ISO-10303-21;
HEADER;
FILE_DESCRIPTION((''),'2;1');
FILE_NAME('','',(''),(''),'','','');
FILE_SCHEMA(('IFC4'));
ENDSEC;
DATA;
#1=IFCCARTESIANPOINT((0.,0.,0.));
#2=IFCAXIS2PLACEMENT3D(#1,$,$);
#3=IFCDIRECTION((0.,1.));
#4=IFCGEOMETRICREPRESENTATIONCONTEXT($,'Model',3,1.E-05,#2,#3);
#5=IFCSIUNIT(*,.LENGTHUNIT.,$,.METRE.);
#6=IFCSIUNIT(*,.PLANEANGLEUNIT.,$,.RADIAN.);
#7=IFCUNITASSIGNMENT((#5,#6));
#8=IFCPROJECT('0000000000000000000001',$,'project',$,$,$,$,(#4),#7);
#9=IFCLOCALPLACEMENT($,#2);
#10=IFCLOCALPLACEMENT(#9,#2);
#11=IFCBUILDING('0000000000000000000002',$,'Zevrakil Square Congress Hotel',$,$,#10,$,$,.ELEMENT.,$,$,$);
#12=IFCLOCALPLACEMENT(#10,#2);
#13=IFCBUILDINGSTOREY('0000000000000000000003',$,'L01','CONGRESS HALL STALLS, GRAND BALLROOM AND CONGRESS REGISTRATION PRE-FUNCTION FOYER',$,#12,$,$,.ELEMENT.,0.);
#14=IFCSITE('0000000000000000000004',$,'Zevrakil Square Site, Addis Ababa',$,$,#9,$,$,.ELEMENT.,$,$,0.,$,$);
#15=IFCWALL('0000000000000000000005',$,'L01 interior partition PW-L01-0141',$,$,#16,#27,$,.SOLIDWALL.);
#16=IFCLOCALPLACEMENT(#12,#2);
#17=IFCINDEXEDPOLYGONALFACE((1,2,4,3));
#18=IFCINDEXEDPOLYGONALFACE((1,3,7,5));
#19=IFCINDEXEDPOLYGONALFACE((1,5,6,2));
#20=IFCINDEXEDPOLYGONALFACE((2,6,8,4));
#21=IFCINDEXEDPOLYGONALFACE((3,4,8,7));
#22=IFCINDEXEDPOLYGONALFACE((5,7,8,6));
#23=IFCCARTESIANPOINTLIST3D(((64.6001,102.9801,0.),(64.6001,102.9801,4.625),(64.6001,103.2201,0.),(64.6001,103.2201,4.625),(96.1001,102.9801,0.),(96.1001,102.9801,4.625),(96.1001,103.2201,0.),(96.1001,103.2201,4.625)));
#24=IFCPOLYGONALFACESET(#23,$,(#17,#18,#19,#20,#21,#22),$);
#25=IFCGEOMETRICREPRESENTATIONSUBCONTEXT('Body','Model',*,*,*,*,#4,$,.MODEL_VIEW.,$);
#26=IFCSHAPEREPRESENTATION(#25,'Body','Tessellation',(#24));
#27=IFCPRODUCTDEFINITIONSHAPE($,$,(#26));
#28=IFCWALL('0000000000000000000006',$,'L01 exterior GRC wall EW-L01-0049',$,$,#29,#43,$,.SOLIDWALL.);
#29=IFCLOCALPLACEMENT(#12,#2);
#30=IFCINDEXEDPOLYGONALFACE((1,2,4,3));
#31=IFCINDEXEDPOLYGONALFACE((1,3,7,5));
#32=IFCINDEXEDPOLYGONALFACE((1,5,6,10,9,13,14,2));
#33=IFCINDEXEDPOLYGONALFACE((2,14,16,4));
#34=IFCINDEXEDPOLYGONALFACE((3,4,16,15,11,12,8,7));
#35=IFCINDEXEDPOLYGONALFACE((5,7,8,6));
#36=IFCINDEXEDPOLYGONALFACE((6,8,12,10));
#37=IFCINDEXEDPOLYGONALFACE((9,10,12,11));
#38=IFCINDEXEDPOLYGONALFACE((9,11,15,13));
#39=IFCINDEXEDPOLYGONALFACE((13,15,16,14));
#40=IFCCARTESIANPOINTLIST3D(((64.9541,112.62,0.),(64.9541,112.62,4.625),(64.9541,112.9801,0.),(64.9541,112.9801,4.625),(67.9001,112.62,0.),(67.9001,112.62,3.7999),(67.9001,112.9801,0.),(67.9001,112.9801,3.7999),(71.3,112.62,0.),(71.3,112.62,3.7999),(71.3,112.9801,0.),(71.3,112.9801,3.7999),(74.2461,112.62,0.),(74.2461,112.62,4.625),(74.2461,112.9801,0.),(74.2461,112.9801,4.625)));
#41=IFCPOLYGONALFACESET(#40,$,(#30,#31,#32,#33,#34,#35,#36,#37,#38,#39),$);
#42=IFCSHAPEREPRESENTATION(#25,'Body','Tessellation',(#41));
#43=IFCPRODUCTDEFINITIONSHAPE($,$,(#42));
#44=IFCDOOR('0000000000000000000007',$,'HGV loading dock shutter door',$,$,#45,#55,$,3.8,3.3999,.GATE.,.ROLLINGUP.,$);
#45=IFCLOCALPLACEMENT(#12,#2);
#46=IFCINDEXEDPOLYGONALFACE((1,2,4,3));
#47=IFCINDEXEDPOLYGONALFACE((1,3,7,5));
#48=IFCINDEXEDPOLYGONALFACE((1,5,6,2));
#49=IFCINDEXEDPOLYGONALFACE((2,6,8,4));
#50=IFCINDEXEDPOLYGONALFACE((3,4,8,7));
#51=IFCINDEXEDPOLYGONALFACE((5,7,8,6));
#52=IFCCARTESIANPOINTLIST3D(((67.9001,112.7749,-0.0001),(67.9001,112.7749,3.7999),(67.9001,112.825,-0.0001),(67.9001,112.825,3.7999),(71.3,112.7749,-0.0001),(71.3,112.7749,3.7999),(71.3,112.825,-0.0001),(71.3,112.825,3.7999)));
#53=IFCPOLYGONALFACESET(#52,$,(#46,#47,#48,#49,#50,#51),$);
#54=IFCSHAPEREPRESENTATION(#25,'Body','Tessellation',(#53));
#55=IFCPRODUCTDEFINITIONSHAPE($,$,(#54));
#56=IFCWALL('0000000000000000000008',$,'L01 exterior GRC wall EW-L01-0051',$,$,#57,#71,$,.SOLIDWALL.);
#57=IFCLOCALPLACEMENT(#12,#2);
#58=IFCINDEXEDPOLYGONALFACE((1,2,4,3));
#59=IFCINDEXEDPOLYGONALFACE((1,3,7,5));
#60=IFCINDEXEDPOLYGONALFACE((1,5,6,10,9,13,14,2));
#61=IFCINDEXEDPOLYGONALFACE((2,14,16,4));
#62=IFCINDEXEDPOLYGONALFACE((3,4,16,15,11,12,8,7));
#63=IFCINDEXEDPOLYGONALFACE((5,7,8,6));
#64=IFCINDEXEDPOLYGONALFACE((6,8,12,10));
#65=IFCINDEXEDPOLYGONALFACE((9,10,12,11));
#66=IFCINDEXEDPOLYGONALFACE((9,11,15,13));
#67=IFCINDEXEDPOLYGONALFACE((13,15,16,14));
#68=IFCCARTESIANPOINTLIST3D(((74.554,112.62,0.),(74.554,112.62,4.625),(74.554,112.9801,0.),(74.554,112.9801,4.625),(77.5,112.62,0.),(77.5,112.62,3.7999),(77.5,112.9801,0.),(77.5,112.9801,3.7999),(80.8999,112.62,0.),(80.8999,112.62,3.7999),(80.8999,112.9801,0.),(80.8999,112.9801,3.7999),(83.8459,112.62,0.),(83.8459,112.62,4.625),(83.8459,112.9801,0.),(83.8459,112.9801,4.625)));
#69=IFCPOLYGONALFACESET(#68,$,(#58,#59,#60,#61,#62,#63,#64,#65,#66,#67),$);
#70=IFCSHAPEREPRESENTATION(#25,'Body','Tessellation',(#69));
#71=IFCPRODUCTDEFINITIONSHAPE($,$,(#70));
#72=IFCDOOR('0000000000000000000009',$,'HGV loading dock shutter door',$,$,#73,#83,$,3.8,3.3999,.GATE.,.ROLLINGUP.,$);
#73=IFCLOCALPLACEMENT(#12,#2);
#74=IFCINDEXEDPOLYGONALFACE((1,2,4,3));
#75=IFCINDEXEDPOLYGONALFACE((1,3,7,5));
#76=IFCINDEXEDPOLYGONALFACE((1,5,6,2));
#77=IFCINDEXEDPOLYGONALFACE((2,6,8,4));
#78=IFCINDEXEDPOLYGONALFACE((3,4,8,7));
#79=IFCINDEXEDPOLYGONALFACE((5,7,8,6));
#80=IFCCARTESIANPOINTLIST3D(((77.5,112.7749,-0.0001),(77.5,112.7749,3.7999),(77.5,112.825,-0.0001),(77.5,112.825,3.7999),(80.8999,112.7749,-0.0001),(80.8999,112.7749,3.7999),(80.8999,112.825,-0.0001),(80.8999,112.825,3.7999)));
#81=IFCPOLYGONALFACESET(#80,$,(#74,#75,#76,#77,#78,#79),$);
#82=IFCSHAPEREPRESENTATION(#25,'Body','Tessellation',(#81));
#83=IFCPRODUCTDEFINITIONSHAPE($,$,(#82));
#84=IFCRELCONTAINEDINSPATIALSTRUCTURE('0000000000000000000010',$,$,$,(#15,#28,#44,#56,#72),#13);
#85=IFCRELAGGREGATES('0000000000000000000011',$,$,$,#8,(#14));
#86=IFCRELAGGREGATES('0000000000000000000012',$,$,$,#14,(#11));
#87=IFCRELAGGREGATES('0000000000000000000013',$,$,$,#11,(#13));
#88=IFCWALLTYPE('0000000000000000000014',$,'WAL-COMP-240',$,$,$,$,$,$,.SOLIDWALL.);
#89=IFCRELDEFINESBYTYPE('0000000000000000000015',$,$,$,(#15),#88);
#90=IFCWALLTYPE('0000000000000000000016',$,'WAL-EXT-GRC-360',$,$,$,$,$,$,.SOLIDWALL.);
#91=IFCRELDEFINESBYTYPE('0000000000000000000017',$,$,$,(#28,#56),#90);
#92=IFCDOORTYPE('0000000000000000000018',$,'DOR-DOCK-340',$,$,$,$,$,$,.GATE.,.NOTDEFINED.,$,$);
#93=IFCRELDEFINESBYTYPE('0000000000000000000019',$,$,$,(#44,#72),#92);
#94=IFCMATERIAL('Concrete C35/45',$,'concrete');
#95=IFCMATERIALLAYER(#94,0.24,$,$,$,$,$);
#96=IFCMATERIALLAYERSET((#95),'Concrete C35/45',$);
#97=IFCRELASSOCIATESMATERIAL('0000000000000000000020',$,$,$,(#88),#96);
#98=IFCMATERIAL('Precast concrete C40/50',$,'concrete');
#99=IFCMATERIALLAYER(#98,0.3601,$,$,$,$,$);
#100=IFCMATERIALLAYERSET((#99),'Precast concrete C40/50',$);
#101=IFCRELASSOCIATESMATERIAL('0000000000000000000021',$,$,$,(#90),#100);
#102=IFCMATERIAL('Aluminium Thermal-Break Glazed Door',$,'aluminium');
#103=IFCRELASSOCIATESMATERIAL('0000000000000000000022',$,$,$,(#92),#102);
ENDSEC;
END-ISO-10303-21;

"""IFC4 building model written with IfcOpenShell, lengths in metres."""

from ifc_helpers import new_model, si_unit, direction, frame, frame_2d, origin, place, context, subcontext, project, spatial, rectangle, extrude, material, layer, layer_set, type_object, element, fill, save


model = new_model("IFC4")

# Units and contexts
model_context = context("Model", 3, precision=1e-05, world=origin(), true_north=direction((0.0, 1.0)))
body_context = subcontext(model_context, "Body", "Model", "MODEL_VIEW")
ifc_project = project(units=[si_unit("LENGTHUNIT", "METRE"), si_unit("PLANEANGLEUNIT", "RADIAN")], contexts=[model_context])

# Site, building, storey
site_placement = place(None, origin())
site = spatial("IfcSite", under=ifc_project, at=site_placement, Name="Zevrakil Square Site, Addis Ababa", CompositionType="ELEMENT", RefElevation=0.0)
building_placement = place(site_placement, origin())
building = spatial("IfcBuilding", under=site, at=building_placement, Name="Zevrakil Square Congress Hotel", CompositionType="ELEMENT")
storey_placement = place(building_placement, origin())
storey = spatial("IfcBuildingStorey", under=building, at=storey_placement, Name="L01", Description="CONGRESS HALL STALLS, GRAND BALLROOM AND CONGRESS REGISTRATION PRE-FUNCTION FOYER", CompositionType="ELEMENT", Elevation=0.0)

# Wall
ifc_material_1 = material(Name="Concrete C35/45", Category="concrete")
ifc_layer_1 = layer(ifc_material_1, 0.24)
ifc_layer_set_1 = layer_set([ifc_layer_1], Name="Concrete C35/45")
wall_type_1 = type_object("IfcWallType", Name="WAL-COMP-240", PredefinedType="SOLIDWALL", material=ifc_layer_set_1)
wall_1_placement = place(storey_placement, frame((64.6001, 103.1001, 0.0), z_axis=(0.0, 0.0, 1.0), x_axis=(1.0, 0.0, 0.0)))
element("IfcWall", 1, at=wall_1_placement, inside=storey, type_object=wall_type_1, Name="L01 interior partition PW-L01-0141", PredefinedType="SOLIDWALL", context=body_context, shape_type="SweptSolid", body=[
    extrude(rectangle(XDim=31.5, YDim=0.24, at=frame_2d((15.75, 0.0))), origin(), (0.0, 0.0, 1.0), 4.625),
])

# Walls, openings, doors
ifc_material_2 = material(Name="Precast concrete C40/50", Category="concrete")
ifc_layer_2 = layer(ifc_material_2, 0.3601)
ifc_layer_set_2 = layer_set([ifc_layer_2], Name="Precast concrete C40/50")
wall_type_2 = type_object("IfcWallType", Name="WAL-EXT-GRC-360", PredefinedType="SOLIDWALL", material=ifc_layer_set_2)
wall_2_placement = place(storey_placement, frame((64.9541, 112.8, 0.0), z_axis=(0.0, 0.0, 1.0), x_axis=(1.0, 0.0, 0.0)))
wall_2 = element("IfcWall", 2, at=wall_2_placement, inside=storey, type_object=wall_type_2, Name="L01 exterior GRC wall EW-L01-0049", PredefinedType="SOLIDWALL", context=body_context, shape_type="SweptSolid", body=[
    extrude(rectangle(XDim=9.292, YDim=0.3601, at=frame_2d((4.646, 0.0))), origin(), (0.0, 0.0, 1.0), 4.625),
])
opening_1_placement = place(wall_2_placement, frame((2.946, 0.0, 0.0)))
opening_1 = element("IfcOpeningElement", 3, at=opening_1_placement, cuts=wall_2, PredefinedType="OPENING", context=body_context, shape_type="SweptSolid", body=[
    extrude(rectangle(XDim=3.3999, YDim=3.8, at=frame_2d((1.7, 1.8999))), frame((0.0, 0.1899, 0.0), z_axis=(0.0, -1.0, 0.0), x_axis=(1.0, 0.0, 0.0)), (0.0, 0.0, 1.0), 0.3801),
])
ifc_material_3 = material(Name="Aluminium Thermal-Break Glazed Door", Category="aluminium")
door_type = type_object("IfcDoorType", Name="DOR-DOCK-340", OperationType="NOTDEFINED", PredefinedType="GATE", material=ifc_material_3)
door_1_placement = place(opening_1_placement, origin())
door_1 = element("IfcDoor", 4, at=door_1_placement, inside=storey, type_object=door_type, Name="HGV loading dock shutter door", OperationType="ROLLINGUP", OverallHeight=3.8, OverallWidth=3.3999, PredefinedType="GATE", context=body_context, shape_type="SweptSolid", body=[
    extrude(rectangle(XDim=3.3999, YDim=3.8, at=frame_2d((1.7, 1.8999))), frame((0.0, 0.0249, 0.0), z_axis=(0.0, -1.0, 0.0), x_axis=(1.0, 0.0, 0.0)), (0.0, 0.0, 1.0), 0.05),
])
fill(opening_1, door_1)
wall_3_placement = place(storey_placement, frame((74.554, 112.8, 0.0), z_axis=(0.0, 0.0, 1.0), x_axis=(1.0, 0.0, 0.0)))
wall_3 = element("IfcWall", 5, at=wall_3_placement, inside=storey, type_object=wall_type_2, Name="L01 exterior GRC wall EW-L01-0051", PredefinedType="SOLIDWALL", context=body_context, shape_type="SweptSolid", body=[
    extrude(rectangle(XDim=9.292, YDim=0.3601, at=frame_2d((4.646, 0.0))), origin(), (0.0, 0.0, 1.0), 4.625),
])
opening_2_placement = place(wall_3_placement, frame((2.946, 0.0, 0.0)))
opening_2 = element("IfcOpeningElement", 6, at=opening_2_placement, cuts=wall_3, PredefinedType="OPENING", context=body_context, shape_type="SweptSolid", body=[
    extrude(rectangle(XDim=3.3999, YDim=3.8, at=frame_2d((1.7, 1.8999))), frame((0.0, 0.1899, 0.0), z_axis=(0.0, -1.0, 0.0), x_axis=(1.0, 0.0, 0.0)), (0.0, 0.0, 1.0), 0.3801),
])
door_2_placement = place(opening_2_placement, origin())
door_2 = element("IfcDoor", 7, at=door_2_placement, inside=storey, type_object=door_type, Name="HGV loading dock shutter door", OperationType="ROLLINGUP", OverallHeight=3.8, OverallWidth=3.3999, PredefinedType="GATE", context=body_context, shape_type="SweptSolid", body=[
    extrude(rectangle(XDim=3.3999, YDim=3.8, at=frame_2d((1.7, 1.8999))), frame((0.0, 0.0249, 0.0), z_axis=(0.0, -1.0, 0.0), x_axis=(1.0, 0.0, 0.0)), (0.0, 0.0, 1.0), 0.05),
])
fill(opening_2, door_2)

save(model, "model.ifc")
